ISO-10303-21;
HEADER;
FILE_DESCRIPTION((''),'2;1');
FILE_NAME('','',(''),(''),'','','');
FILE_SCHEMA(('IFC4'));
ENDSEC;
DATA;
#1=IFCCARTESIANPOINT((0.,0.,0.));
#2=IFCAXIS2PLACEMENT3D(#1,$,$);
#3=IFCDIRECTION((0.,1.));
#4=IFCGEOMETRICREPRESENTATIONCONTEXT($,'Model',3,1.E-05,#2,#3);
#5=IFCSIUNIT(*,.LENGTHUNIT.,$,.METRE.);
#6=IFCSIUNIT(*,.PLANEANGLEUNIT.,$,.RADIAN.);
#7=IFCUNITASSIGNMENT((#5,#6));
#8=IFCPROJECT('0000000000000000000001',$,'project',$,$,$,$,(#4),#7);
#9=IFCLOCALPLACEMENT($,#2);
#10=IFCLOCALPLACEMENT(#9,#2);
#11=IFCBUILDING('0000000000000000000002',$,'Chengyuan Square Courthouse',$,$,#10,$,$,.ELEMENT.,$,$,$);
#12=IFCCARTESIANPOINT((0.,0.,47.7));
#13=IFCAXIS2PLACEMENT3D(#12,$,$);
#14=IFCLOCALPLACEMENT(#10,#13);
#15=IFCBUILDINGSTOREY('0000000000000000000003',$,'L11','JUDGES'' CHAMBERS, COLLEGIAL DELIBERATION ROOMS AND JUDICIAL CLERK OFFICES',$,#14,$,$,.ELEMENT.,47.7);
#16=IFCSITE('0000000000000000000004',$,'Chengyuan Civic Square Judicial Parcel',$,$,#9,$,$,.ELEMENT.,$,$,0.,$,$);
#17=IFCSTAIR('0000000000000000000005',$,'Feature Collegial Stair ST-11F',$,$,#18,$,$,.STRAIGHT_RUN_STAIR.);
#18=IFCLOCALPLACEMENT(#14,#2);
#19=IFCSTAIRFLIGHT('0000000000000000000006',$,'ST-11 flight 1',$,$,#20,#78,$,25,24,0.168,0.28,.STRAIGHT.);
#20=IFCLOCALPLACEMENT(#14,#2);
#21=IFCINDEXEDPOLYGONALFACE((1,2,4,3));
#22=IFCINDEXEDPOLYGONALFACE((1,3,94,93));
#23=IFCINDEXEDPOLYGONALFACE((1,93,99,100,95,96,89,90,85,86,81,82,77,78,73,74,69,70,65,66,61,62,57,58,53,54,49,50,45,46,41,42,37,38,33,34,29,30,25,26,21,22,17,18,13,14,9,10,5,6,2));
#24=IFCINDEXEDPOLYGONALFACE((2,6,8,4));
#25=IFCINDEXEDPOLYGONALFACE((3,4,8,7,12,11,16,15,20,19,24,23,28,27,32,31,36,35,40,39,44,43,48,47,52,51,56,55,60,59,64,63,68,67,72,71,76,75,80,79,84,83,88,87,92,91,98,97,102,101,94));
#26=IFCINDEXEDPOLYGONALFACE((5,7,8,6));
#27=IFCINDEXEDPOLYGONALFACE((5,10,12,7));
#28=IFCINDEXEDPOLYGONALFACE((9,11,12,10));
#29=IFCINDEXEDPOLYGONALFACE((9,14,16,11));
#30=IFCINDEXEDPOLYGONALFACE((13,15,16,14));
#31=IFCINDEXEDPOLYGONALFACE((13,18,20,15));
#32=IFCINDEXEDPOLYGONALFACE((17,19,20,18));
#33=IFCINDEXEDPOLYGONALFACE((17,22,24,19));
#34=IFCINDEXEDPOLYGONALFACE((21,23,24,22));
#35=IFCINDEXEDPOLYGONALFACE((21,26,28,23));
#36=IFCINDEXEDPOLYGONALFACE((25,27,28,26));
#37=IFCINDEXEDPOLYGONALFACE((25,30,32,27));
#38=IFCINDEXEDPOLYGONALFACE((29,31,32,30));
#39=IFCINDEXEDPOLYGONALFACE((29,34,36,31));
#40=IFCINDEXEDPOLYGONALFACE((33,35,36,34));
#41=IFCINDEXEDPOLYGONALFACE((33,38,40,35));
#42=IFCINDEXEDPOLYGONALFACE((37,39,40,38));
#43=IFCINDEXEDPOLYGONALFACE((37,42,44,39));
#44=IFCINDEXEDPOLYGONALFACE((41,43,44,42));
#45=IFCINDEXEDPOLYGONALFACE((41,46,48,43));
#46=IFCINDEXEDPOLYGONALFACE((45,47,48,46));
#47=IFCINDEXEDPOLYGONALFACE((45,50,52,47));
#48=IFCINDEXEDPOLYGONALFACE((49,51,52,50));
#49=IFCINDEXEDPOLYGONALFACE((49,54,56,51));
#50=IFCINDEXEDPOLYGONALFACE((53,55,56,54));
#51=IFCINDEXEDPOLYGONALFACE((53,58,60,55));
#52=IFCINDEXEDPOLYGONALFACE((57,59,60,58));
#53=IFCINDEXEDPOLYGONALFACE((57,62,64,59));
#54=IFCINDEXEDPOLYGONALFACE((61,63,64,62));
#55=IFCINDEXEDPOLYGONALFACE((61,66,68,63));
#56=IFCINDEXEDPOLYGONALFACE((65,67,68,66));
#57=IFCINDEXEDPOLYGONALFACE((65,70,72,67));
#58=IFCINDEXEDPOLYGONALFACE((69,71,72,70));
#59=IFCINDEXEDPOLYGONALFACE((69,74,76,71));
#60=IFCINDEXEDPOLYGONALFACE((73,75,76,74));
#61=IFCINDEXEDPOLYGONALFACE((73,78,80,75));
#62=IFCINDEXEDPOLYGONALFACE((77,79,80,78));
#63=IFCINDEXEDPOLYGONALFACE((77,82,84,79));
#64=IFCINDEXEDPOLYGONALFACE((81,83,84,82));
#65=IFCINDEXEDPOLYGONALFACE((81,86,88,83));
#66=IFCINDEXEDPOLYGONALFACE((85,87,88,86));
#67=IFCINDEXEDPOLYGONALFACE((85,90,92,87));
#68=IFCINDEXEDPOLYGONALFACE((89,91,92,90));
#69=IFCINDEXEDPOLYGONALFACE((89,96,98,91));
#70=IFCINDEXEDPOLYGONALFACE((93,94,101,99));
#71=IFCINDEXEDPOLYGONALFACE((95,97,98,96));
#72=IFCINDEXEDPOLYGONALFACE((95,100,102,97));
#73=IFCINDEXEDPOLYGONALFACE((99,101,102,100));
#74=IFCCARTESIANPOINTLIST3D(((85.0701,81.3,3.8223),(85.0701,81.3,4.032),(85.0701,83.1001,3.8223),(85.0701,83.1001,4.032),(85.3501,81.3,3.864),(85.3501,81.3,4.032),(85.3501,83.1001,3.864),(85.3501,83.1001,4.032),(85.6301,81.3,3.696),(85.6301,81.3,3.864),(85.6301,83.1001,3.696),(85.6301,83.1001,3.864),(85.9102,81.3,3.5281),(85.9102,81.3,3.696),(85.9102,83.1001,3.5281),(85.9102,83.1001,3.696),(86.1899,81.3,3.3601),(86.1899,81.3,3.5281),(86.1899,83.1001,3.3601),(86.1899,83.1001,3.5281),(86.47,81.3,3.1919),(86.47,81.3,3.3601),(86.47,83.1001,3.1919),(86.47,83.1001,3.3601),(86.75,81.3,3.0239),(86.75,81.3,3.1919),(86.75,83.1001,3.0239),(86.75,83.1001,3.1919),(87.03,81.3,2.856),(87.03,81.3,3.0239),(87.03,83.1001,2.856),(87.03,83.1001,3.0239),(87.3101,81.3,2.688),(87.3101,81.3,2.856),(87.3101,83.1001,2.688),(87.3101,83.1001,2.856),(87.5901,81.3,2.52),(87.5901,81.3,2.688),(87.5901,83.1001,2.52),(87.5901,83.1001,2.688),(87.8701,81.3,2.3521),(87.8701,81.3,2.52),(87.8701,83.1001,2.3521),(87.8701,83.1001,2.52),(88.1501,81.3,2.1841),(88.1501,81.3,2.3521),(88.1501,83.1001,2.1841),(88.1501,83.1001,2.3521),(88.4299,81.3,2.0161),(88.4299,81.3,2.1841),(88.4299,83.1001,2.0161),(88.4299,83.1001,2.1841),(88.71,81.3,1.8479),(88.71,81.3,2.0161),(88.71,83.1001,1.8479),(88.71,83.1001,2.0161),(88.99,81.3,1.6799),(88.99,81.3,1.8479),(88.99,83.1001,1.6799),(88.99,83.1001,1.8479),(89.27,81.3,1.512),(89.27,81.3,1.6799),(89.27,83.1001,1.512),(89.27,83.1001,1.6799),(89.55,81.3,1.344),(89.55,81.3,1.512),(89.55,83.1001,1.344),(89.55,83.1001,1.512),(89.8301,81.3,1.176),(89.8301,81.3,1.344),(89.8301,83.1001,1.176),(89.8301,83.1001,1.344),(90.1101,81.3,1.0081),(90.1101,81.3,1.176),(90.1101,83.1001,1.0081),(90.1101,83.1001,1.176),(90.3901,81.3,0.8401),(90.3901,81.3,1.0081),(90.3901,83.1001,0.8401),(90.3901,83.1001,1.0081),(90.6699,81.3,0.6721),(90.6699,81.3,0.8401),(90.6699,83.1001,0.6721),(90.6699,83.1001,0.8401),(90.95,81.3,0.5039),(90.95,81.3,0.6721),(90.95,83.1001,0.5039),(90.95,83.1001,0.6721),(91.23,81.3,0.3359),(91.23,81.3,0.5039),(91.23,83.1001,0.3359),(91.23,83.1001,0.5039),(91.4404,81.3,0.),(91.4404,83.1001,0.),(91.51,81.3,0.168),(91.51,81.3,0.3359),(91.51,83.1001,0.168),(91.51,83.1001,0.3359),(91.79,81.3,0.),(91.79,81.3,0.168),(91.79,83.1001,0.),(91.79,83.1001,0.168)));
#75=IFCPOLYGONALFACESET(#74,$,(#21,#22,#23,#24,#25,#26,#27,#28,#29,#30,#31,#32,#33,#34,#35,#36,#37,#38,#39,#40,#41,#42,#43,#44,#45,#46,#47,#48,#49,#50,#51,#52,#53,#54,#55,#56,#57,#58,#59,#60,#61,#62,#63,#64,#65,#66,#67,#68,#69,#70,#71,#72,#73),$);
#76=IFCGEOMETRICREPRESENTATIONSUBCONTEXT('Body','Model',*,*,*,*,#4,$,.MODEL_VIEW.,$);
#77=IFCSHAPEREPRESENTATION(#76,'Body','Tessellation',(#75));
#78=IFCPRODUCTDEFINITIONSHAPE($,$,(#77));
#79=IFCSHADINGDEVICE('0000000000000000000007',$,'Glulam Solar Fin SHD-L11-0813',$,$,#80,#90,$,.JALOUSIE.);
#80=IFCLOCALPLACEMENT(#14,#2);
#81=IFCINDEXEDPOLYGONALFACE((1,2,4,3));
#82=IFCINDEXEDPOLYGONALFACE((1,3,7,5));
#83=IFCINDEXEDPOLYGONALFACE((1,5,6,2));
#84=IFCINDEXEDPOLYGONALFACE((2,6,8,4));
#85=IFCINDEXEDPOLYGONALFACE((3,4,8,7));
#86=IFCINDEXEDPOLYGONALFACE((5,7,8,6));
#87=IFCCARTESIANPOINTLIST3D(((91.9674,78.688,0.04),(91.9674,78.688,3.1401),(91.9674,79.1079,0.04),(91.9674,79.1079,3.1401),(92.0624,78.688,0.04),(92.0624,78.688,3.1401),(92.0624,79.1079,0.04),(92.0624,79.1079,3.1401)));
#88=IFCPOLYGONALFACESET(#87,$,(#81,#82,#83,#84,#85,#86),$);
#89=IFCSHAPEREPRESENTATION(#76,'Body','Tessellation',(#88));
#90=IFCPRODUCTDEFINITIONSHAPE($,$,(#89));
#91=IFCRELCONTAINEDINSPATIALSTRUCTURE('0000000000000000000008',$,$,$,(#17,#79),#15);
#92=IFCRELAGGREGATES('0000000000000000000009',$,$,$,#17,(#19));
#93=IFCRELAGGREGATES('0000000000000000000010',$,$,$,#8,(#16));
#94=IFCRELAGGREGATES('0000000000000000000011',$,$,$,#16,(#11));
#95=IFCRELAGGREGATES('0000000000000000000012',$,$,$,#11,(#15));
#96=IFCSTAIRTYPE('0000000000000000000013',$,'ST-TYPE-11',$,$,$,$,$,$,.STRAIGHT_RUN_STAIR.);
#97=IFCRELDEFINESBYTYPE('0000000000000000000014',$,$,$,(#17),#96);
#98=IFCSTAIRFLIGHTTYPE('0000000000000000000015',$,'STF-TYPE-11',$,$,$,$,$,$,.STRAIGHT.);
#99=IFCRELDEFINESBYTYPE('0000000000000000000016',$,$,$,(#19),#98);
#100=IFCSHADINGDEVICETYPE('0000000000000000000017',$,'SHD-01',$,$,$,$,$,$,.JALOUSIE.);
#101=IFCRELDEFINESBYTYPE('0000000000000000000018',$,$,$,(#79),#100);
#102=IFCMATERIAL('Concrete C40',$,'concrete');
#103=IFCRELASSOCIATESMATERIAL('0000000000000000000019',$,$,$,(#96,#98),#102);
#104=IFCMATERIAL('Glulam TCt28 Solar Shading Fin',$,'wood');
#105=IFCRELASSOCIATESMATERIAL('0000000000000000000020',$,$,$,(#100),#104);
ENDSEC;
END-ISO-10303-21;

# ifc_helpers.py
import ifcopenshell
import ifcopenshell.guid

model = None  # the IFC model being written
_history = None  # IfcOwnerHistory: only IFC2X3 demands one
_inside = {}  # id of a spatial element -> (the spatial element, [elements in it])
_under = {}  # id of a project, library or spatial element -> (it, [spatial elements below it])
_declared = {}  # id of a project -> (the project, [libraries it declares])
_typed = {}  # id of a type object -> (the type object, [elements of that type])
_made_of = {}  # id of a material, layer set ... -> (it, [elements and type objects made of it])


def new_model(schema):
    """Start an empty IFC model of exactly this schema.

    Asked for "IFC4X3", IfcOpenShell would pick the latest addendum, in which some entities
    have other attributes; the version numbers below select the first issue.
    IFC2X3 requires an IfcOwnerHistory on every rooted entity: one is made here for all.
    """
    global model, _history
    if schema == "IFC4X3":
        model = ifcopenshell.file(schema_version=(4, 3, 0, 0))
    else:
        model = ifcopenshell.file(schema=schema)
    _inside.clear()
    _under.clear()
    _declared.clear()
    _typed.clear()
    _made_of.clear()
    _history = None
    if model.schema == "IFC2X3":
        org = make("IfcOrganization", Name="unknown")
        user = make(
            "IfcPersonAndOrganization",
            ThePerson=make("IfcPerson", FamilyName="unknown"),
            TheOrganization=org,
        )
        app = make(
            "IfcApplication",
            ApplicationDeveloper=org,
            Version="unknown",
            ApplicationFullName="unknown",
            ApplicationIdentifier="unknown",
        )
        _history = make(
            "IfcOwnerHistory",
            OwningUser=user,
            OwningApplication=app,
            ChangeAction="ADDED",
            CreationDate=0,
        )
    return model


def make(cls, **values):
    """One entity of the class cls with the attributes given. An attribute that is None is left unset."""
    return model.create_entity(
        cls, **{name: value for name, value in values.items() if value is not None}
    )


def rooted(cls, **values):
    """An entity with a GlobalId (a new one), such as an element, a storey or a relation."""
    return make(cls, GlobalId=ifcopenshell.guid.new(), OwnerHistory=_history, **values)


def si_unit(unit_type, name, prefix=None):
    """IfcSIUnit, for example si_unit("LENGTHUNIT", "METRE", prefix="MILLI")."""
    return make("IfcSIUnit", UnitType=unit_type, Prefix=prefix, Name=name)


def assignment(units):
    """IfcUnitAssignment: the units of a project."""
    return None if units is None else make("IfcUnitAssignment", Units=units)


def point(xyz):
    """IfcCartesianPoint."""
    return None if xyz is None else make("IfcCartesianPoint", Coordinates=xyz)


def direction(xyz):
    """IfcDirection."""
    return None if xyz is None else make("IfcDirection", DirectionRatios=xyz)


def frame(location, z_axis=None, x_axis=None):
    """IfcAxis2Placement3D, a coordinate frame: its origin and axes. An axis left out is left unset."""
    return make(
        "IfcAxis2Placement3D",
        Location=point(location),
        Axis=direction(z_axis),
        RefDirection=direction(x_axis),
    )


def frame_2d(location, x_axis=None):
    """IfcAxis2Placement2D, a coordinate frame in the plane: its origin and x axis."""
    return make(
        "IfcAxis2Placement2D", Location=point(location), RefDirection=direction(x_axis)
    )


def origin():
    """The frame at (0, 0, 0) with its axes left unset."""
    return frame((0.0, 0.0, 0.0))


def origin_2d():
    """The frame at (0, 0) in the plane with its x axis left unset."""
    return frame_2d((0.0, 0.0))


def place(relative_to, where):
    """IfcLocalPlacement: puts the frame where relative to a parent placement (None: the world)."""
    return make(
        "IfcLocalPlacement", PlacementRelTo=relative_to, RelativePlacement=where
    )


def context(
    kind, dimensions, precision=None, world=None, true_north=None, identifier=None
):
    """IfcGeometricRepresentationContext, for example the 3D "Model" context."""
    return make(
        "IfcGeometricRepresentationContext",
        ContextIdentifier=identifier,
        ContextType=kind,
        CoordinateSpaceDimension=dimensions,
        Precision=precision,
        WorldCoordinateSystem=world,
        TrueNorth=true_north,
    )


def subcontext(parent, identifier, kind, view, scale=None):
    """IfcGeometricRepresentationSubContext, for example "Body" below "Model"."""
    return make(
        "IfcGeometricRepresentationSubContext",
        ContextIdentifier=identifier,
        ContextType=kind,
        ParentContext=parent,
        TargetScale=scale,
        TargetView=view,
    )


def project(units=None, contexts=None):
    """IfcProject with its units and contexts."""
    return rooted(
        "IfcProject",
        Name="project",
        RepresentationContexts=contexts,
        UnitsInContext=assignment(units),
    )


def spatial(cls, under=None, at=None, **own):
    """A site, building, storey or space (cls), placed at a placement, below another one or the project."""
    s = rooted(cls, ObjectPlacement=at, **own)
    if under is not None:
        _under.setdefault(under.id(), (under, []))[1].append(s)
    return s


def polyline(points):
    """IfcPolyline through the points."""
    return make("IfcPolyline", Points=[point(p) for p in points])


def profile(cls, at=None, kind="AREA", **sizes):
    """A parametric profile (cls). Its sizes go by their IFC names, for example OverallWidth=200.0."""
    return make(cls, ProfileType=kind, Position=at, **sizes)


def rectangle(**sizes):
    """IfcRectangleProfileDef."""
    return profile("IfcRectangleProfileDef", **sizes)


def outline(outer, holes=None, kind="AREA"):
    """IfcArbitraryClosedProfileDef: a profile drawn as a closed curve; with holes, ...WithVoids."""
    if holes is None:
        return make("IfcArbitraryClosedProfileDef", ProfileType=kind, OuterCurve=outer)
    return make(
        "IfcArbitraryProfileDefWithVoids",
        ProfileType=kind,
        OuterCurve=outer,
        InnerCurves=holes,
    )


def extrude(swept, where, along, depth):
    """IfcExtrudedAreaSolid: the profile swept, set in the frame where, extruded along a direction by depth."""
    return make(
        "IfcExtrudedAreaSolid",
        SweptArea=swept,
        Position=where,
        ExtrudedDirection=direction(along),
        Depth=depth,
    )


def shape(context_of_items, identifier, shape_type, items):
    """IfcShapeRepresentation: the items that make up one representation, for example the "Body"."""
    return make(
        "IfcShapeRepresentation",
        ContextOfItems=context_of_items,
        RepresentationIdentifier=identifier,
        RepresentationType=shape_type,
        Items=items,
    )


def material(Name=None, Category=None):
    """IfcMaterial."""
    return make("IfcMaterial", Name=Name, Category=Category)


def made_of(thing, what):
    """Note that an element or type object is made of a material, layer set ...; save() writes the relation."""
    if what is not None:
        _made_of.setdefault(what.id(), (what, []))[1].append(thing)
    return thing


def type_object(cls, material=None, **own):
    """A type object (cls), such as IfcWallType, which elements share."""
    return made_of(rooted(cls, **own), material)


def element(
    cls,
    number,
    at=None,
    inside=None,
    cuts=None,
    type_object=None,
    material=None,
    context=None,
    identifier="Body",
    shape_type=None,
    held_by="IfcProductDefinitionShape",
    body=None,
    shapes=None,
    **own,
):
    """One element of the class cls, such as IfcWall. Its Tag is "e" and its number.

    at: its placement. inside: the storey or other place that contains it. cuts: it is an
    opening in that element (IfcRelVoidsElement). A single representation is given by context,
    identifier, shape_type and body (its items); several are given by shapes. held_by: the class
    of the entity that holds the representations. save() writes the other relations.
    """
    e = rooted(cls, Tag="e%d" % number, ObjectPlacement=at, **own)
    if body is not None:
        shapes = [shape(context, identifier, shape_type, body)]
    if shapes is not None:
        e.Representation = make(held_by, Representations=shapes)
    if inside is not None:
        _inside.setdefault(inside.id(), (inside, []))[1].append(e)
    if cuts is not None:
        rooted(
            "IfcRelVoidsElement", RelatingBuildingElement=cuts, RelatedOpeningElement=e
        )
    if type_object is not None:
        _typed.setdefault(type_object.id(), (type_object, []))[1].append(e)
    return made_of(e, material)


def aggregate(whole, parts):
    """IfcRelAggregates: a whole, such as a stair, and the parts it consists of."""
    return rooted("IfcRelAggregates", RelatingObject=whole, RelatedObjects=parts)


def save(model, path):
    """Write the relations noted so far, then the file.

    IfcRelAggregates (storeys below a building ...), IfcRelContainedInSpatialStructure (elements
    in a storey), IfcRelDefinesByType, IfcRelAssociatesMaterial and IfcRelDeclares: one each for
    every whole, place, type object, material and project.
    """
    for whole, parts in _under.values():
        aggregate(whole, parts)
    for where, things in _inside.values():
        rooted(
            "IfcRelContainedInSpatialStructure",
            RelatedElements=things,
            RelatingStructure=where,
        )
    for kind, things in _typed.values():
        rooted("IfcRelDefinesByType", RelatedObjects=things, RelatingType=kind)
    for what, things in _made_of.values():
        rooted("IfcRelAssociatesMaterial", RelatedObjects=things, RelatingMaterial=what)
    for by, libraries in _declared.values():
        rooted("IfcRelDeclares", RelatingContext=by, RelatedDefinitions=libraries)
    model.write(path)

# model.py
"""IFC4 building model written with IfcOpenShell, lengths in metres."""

from ifc_helpers import new_model, si_unit, direction, frame, origin, origin_2d, place, context, subcontext, project, spatial, polyline, rectangle, outline, extrude, material, type_object, element, aggregate, save


model = new_model("IFC4")

# Units and contexts
model_context = context("Model", 3, precision=1e-05, world=origin(), true_north=direction((0.0, 1.0)))
body_context = subcontext(model_context, "Body", "Model", "MODEL_VIEW")
ifc_project = project(units=[si_unit("LENGTHUNIT", "METRE"), si_unit("PLANEANGLEUNIT", "RADIAN")], contexts=[model_context])

# Site, building, storey
site_placement = place(None, origin())
site = spatial("IfcSite", under=ifc_project, at=site_placement, Name="Chengyuan Civic Square Judicial Parcel", CompositionType="ELEMENT", RefElevation=0.0)
building_placement = place(site_placement, origin())
building = spatial("IfcBuilding", under=site, at=building_placement, Name="Chengyuan Square Courthouse", CompositionType="ELEMENT")
storey_placement = place(building_placement, frame((0.0, 0.0, 47.7)))
storey = spatial("IfcBuildingStorey", under=building, at=storey_placement, Name="L11", Description="JUDGES' CHAMBERS, COLLEGIAL DELIBERATION ROOMS AND JUDICIAL CLERK OFFICES", CompositionType="ELEMENT", Elevation=47.7)

# Shared definitions
ifc_material_1 = material(Name="Concrete C40", Category="concrete")

# Stair, stair flight
stair_type = type_object("IfcStairType", Name="ST-TYPE-11", PredefinedType="STRAIGHT_RUN_STAIR", material=ifc_material_1)
stair_placement = place(storey_placement, origin())
stair = element("IfcStair", 1, at=stair_placement, inside=storey, type_object=stair_type, Name="Feature Collegial Stair ST-11F", PredefinedType="STRAIGHT_RUN_STAIR")
stair_flight_type = type_object("IfcStairFlightType", Name="STF-TYPE-11", PredefinedType="STRAIGHT", material=ifc_material_1)
stair_flight_placement = place(storey_placement, frame((91.79, 82.2, 0.0), z_axis=(0.0, 0.0, 1.0), x_axis=(-1.0, 0.0, 0.0)))
stair_flight = element("IfcStairFlight", 2, at=stair_flight_placement, type_object=stair_flight_type, Name="ST-11 flight 1", NumberOfRisers=25, NumberOfTreads=24, PredefinedType="STRAIGHT", RiserHeight=0.168, TreadLength=0.28, context=body_context, shape_type="SweptSolid", body=[
    extrude(outline(polyline([(0.0, 0.0), (0.0, 0.168), (0.28, 0.168), (0.28, 0.3359), (0.5601, 0.3359), (0.5601, 0.5039), (0.8401, 0.5039), (0.8401, 0.6721), (1.1201, 0.6721), (1.1201, 0.8401), (1.3999, 0.8401), (1.3999, 1.0081), (1.6799, 1.0081), (1.6799, 1.176), (1.96, 1.176), (1.96, 1.344), (2.24, 1.344), (2.24, 1.512), (2.52, 1.512), (2.52, 1.6799), (2.8, 1.6799), (2.8, 1.8479), (3.0801, 1.8479), (3.0801, 2.0161), (3.3601, 2.0161), (3.3601, 2.1841), (3.6399, 2.1841), (3.6399, 2.3521), (3.9199, 2.3521), (3.9199, 2.52), (4.2, 2.52), (4.2, 2.688), (4.48, 2.688), (4.48, 2.856), (4.76, 2.856), (4.76, 3.0239), (5.04, 3.0239), (5.04, 3.1919), (5.3201, 3.1919), (5.3201, 3.3601), (5.6001, 3.3601), (5.6001, 3.5281), (5.8799, 3.5281), (5.8799, 3.696), (6.1599, 3.696), (6.1599, 3.864), (6.4399, 3.864), (6.4399, 4.032), (6.72, 4.032), (6.72, 4.2), (6.72, 3.8223), (0.3496, 0.0), (0.0, 0.0)])), frame((0.0, 0.8999, 0.0), z_axis=(0.0, -1.0, 0.0), x_axis=(1.0, 0.0, 0.0)), (0.0, 0.0, 1.0), 1.8),
])
aggregate(stair, [stair_flight])

# Shading device
ifc_material_2 = material(Name="Glulam TCt28 Solar Shading Fin", Category="wood")
shading_device_type = type_object("IfcShadingDeviceType", Name="SHD-01", PredefinedType="JALOUSIE", material=ifc_material_2)
shading_device_placement = place(storey_placement, frame((92.0149, 78.8979, 0.04), z_axis=(0.0, 0.0, 1.0), x_axis=(0.0, 1.0, 0.0)))
element("IfcShadingDevice", 3, at=shading_device_placement, inside=storey, type_object=shading_device_type, Name="Glulam Solar Fin SHD-L11-0813", PredefinedType="JALOUSIE", context=body_context, shape_type="SweptSolid", body=[
    extrude(rectangle(XDim=0.4199, YDim=0.095, at=origin_2d()), origin(), (0.0, 0.0, 1.0), 3.1001),
])

save(model, "model.ifc")
